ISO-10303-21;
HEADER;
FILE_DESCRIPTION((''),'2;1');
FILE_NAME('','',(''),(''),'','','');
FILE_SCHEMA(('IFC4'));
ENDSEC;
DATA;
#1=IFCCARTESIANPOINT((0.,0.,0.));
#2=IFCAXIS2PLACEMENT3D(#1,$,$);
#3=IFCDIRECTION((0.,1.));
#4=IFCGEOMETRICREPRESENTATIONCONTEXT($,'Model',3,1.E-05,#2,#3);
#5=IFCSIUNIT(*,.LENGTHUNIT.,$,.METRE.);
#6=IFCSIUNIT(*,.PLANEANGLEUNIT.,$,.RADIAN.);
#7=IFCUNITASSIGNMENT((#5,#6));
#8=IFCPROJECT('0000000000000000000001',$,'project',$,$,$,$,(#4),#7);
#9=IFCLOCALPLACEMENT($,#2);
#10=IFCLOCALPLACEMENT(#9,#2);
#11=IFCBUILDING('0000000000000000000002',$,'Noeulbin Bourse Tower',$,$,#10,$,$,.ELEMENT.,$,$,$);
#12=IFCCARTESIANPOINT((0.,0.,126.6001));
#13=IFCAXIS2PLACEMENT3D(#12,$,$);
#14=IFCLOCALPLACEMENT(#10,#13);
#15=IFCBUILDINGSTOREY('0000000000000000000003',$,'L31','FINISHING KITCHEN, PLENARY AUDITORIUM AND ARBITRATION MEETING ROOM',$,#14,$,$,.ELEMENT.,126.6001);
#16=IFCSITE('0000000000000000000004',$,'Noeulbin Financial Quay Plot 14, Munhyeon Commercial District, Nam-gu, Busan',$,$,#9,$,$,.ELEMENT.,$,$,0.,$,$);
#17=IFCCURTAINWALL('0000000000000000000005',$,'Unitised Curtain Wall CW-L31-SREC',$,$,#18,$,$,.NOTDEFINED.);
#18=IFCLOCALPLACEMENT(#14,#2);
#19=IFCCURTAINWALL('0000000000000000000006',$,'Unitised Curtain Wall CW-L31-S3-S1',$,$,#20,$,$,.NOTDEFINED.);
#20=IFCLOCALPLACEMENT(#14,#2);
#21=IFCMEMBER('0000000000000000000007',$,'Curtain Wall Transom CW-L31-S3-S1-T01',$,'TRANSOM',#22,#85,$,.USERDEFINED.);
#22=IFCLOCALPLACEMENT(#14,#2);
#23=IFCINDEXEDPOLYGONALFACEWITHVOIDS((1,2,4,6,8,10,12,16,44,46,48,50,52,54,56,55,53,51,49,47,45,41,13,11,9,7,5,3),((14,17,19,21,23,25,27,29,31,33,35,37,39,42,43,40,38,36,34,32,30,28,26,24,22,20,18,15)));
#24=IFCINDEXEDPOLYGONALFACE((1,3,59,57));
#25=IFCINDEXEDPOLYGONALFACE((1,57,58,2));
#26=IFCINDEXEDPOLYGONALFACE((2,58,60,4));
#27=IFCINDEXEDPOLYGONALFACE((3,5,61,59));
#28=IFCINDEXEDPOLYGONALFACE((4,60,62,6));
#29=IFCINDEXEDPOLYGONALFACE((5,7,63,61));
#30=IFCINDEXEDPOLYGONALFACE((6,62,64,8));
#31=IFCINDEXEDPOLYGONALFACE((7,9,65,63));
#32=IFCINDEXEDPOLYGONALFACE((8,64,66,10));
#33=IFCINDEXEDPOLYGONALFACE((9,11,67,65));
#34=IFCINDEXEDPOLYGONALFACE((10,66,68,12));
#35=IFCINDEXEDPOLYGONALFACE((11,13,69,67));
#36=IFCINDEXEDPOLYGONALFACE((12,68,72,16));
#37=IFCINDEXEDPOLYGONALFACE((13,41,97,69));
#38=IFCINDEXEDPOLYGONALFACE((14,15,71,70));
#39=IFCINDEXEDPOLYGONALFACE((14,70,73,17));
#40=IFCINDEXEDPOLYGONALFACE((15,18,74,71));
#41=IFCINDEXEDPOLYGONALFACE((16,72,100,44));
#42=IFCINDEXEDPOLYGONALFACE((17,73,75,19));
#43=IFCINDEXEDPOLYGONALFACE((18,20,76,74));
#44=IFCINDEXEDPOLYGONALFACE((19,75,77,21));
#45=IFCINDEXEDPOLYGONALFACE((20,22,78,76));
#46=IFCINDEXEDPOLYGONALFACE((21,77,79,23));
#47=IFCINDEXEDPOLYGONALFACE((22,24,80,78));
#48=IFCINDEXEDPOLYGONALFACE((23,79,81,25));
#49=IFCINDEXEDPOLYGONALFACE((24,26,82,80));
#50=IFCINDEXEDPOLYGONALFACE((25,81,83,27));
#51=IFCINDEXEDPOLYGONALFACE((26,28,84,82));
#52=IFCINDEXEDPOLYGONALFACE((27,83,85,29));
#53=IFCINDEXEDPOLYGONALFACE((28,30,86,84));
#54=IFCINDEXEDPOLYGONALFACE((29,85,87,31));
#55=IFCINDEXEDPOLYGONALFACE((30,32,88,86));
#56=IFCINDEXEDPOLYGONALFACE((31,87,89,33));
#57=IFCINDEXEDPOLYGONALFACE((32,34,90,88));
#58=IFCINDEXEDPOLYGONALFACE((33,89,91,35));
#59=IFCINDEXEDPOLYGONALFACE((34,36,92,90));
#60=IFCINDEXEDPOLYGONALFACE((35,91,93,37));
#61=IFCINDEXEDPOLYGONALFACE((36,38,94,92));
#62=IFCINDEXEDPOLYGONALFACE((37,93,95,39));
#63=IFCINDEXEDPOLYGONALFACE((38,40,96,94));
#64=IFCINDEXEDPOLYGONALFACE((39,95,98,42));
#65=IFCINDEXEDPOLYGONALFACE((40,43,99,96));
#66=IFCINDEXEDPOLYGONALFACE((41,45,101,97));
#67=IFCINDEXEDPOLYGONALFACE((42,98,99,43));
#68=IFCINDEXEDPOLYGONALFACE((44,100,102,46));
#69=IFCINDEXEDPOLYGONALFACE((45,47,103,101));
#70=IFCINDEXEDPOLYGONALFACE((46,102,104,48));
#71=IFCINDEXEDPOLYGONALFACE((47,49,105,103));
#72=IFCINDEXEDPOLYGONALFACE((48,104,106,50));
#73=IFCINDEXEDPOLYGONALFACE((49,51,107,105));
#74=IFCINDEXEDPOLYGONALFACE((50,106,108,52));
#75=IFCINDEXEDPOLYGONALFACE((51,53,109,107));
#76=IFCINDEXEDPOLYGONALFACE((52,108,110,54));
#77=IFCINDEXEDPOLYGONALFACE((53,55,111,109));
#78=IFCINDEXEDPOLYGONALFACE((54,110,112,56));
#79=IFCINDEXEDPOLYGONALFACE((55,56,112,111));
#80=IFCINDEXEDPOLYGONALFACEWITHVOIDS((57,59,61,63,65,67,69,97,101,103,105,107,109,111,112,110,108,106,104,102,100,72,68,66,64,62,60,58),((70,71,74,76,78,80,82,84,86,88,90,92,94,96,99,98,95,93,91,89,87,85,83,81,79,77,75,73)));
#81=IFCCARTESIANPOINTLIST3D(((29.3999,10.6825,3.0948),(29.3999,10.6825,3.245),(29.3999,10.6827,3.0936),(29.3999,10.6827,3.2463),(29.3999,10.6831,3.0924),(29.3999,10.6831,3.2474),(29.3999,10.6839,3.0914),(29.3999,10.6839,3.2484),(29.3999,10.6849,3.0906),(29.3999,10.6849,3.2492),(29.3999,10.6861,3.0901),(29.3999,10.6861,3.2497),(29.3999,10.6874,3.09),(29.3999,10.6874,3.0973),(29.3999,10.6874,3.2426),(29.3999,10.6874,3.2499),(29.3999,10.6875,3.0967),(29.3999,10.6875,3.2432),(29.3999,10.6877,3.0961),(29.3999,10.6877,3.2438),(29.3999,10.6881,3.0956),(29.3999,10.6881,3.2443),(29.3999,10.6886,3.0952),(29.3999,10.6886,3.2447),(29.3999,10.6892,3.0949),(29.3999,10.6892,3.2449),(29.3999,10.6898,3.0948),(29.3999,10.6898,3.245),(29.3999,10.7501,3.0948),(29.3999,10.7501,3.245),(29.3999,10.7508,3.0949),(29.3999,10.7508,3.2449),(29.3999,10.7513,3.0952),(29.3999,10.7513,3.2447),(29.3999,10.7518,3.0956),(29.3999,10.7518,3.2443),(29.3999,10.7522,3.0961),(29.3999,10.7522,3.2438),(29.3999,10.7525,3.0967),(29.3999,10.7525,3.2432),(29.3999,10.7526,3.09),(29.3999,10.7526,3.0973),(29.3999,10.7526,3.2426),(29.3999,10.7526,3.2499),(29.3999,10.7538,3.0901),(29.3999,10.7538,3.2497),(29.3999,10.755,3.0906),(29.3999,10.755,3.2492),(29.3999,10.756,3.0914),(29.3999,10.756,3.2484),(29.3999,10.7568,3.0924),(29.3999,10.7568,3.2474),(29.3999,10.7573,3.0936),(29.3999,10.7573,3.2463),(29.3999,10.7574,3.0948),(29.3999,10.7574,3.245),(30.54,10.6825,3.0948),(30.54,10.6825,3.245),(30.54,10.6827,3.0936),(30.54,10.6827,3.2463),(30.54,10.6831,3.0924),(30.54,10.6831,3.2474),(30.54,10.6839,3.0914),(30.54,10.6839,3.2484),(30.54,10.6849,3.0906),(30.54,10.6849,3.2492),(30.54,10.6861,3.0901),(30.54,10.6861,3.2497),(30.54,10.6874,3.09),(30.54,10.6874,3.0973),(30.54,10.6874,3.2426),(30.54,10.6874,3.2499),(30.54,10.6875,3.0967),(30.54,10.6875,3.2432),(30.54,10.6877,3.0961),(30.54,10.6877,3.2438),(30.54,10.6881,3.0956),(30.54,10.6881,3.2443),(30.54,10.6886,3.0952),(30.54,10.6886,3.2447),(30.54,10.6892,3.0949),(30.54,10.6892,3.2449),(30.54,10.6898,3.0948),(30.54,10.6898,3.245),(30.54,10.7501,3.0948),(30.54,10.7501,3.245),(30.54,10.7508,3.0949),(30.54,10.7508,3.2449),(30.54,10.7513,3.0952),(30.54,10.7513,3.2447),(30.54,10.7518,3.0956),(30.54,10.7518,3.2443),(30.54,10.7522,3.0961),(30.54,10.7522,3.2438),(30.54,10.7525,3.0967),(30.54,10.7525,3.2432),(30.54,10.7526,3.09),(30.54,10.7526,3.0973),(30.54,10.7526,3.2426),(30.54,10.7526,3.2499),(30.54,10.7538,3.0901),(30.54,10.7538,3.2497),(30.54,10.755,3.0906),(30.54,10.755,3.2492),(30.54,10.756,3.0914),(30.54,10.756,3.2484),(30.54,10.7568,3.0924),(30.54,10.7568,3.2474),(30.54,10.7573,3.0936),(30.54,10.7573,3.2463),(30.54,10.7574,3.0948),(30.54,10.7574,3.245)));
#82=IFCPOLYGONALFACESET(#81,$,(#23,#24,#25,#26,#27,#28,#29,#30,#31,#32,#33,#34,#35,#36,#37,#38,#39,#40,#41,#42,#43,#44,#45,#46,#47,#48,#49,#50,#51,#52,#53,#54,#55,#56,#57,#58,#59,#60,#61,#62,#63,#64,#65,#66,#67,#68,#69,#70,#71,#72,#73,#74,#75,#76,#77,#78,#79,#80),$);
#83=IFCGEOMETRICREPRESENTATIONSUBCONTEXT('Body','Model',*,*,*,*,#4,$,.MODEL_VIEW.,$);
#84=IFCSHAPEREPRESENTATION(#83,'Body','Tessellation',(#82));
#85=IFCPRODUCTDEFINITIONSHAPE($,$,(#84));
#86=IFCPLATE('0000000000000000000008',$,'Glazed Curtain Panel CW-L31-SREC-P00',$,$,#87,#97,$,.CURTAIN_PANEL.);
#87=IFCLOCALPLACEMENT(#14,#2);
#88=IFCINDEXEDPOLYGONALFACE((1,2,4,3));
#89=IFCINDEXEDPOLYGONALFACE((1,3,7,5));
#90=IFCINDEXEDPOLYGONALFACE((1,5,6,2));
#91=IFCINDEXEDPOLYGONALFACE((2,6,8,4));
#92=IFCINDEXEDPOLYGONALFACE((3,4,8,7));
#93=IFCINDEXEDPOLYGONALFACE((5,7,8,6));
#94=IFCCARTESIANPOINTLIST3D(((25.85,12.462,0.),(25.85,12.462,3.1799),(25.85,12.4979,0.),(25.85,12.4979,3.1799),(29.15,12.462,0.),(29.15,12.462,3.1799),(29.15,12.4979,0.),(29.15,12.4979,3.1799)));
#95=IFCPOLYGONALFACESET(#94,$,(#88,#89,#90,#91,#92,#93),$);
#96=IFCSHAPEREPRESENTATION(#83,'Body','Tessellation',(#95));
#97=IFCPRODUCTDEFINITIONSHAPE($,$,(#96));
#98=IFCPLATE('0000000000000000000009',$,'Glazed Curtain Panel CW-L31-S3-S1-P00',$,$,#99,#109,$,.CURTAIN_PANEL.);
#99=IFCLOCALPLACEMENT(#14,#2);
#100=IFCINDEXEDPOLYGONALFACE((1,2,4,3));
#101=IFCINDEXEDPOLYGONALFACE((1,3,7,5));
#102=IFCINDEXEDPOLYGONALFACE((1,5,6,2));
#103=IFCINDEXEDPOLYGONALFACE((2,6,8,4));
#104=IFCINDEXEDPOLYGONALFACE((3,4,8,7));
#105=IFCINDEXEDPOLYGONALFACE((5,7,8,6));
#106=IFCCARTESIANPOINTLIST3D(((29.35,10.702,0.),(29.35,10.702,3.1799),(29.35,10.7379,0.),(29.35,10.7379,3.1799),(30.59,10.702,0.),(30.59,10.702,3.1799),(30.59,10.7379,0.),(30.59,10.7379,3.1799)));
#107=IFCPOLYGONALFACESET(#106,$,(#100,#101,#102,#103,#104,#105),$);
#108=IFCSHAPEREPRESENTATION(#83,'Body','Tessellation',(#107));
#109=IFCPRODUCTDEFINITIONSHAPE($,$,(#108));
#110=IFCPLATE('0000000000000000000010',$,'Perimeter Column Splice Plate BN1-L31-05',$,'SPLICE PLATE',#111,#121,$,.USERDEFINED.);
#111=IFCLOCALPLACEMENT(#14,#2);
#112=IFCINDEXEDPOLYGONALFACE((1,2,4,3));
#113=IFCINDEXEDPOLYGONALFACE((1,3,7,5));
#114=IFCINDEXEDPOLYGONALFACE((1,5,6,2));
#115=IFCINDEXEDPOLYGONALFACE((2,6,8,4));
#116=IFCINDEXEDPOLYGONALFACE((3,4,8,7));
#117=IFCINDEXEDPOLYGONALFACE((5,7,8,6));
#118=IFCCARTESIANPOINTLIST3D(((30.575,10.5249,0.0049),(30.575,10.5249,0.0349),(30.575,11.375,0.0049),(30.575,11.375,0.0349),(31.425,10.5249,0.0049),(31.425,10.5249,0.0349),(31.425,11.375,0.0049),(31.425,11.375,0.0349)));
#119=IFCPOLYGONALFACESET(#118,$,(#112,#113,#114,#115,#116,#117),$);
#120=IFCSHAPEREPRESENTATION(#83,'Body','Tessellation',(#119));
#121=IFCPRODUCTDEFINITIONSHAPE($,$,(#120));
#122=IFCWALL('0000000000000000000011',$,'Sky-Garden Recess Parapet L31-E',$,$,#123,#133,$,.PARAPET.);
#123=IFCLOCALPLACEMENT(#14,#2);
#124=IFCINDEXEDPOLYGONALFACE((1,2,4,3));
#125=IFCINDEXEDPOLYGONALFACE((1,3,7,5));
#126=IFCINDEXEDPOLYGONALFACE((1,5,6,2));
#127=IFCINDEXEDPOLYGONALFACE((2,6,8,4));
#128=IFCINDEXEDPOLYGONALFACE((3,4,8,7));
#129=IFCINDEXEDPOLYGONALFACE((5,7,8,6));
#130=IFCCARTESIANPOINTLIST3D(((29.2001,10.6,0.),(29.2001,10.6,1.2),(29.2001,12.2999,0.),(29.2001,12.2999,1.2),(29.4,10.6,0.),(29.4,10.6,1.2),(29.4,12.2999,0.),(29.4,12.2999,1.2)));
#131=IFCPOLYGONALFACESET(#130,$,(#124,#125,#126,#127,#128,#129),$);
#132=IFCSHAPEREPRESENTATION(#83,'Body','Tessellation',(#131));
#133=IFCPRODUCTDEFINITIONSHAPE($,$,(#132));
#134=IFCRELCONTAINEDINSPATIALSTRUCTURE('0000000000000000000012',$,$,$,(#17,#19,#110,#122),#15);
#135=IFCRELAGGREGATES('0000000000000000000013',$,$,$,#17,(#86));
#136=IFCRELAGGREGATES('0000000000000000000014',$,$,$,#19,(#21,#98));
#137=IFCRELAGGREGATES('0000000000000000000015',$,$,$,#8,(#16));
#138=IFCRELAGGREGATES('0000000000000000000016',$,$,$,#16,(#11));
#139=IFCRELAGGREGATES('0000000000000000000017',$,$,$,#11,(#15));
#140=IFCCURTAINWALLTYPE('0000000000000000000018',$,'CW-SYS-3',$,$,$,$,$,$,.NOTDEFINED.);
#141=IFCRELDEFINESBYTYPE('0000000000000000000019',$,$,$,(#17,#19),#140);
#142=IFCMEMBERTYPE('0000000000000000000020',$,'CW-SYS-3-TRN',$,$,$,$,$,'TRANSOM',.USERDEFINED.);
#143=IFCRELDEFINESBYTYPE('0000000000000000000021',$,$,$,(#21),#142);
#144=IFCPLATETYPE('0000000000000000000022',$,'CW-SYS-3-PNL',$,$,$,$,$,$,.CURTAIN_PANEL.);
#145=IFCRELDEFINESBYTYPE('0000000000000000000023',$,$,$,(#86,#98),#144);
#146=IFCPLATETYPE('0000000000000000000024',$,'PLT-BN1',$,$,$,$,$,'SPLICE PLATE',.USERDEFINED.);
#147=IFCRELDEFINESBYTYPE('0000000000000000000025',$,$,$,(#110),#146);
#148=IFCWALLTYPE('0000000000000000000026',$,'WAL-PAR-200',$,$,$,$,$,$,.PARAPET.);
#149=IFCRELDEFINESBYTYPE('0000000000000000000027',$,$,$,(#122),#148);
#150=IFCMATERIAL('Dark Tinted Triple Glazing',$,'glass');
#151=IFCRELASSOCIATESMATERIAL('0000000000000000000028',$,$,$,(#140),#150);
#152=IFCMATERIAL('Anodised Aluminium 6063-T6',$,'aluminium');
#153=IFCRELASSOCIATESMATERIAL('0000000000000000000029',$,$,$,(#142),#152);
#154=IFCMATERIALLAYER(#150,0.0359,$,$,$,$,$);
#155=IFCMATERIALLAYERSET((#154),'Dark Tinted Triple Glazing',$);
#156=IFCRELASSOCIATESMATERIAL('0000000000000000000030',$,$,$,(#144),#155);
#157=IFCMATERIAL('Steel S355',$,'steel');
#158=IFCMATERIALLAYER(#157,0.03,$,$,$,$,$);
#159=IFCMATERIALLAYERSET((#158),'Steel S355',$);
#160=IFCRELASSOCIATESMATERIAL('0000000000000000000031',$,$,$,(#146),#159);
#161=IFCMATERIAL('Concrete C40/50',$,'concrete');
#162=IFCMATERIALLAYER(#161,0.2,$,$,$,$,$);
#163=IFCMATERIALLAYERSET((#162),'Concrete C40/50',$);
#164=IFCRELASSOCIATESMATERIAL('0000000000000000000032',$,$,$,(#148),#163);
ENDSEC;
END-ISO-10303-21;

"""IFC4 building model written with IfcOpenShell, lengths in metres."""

from ifc_helpers import new_model, si_unit, direction, frame, frame_2d, origin, origin_2d, place, context, subcontext, project, spatial, rectangle, hollow_rectangle, extrude, material, layer, layer_set, material_profile, profile_set, type_object, element, aggregate, save


model = new_model("IFC4")

# Units and contexts
model_context = context("Model", 3, precision=1e-05, world=origin(), true_north=direction((0.0, 1.0)))
body_context = subcontext(model_context, "Body", "Model", "MODEL_VIEW")
ifc_project = project(units=[si_unit("LENGTHUNIT", "METRE"), si_unit("PLANEANGLEUNIT", "RADIAN")], contexts=[model_context])

# Site, building, storey
site_placement = place(None, origin())
site = spatial("IfcSite", under=ifc_project, at=site_placement, Name="Noeulbin Financial Quay Plot 14, Munhyeon Commercial District, Nam-gu, Busan", CompositionType="ELEMENT", RefElevation=0.0)
building_placement = place(site_placement, origin())
building = spatial("IfcBuilding", under=site, at=building_placement, Name="Noeulbin Bourse Tower", CompositionType="ELEMENT")
storey_placement = place(building_placement, frame((0.0, 0.0, 126.6001)))
storey = spatial("IfcBuildingStorey", under=building, at=storey_placement, Name="L31", Description="FINISHING KITCHEN, PLENARY AUDITORIUM AND ARBITRATION MEETING ROOM", CompositionType="ELEMENT", Elevation=126.6001)

# Shared definitions
ifc_material_1 = material(Name="Steel S355", Category="steel")

# Curtain wall
ifc_material_2 = material(Name="Dark Tinted Triple Glazing", Category="glass")
curtain_wall_type = type_object("IfcCurtainWallType", Name="CW-SYS-3", PredefinedType="NOTDEFINED", material=ifc_material_2)
curtain_wall_1_placement = place(storey_placement, origin())
curtain_wall_1 = element("IfcCurtainWall", 1, at=curtain_wall_1_placement, inside=storey, type_object=curtain_wall_type, Name="Unitised Curtain Wall CW-L31-SREC", PredefinedType="NOTDEFINED")
ifc_material_3 = material(Name="Anodised Aluminium 6063-T6", Category="aluminium")

# Curtain wall, member
curtain_wall_2_placement = place(storey_placement, origin())
curtain_wall_2 = element("IfcCurtainWall", 2, at=curtain_wall_2_placement, inside=storey, type_object=curtain_wall_type, Name="Unitised Curtain Wall CW-L31-S3-S1", PredefinedType="NOTDEFINED")
ifc_material_profile_1 = material_profile(ifc_material_3, hollow_rectangle(XDim=0.075, YDim=0.1599, WallThickness=0.0049, InnerFilletRadius=0.0024, OuterFilletRadius=0.0049, at=origin_2d()), Name="ALU-TRAN-75x160x5", Category="LoadBearing")
ifc_profile_set_1 = profile_set([ifc_material_profile_1], Name="Anodised Aluminium 6063-T6")
member_type_1 = type_object("IfcMemberType", Name="CW-SYS-3-TRN", ElementType="TRANSOM", PredefinedType="USERDEFINED", material=ifc_profile_set_1)
member_1_placement = place(storey_placement, frame((29.3999, 10.72, 3.1699), z_axis=(1.0, 0.0, 0.0), x_axis=(0.0, 1.0, 0.0)))
member_1 = element("IfcMember", 3, at=member_1_placement, type_object=member_type_1, Name="Curtain Wall Transom CW-L31-S3-S1-T01", ObjectType="TRANSOM", PredefinedType="USERDEFINED", context=body_context, shape_type="SweptSolid", body=[
    extrude(hollow_rectangle(XDim=0.075, YDim=0.1599, WallThickness=0.0049, InnerFilletRadius=0.0024, OuterFilletRadius=0.0049, at=origin_2d()), origin(), (0.0, 0.0, 1.0), 1.1401),
])

# Plates
ifc_layer_1 = layer(ifc_material_2, 0.0359)
ifc_layer_set_1 = layer_set([ifc_layer_1], Name="Dark Tinted Triple Glazing")
plate_type_1 = type_object("IfcPlateType", Name="CW-SYS-3-PNL", PredefinedType="CURTAIN_PANEL", material=ifc_layer_set_1)
plate_1_placement = place(storey_placement, frame((27.5, 12.48, 0.0), z_axis=(0.0, 0.0, 1.0), x_axis=(1.0, 0.0, 0.0)))
plate_1 = element("IfcPlate", 4, at=plate_1_placement, type_object=plate_type_1, Name="Glazed Curtain Panel CW-L31-SREC-P00", PredefinedType="CURTAIN_PANEL", context=body_context, shape_type="SweptSolid", body=[
    extrude(rectangle(XDim=3.3, YDim=0.0359, at=origin_2d()), origin(), (0.0, 0.0, 1.0), 3.1799),
])
aggregate(curtain_wall_1, [plate_1])
plate_2_placement = place(storey_placement, frame((29.97, 10.72, 0.0), z_axis=(0.0, 0.0, 1.0), x_axis=(1.0, 0.0, 0.0)))
plate_2 = element("IfcPlate", 5, at=plate_2_placement, type_object=plate_type_1, Name="Glazed Curtain Panel CW-L31-S3-S1-P00", PredefinedType="CURTAIN_PANEL", context=body_context, shape_type="SweptSolid", body=[
    extrude(rectangle(XDim=1.24, YDim=0.0359, at=origin_2d()), origin(), (0.0, 0.0, 1.0), 3.1799),
])
aggregate(curtain_wall_2, [member_1, plate_2])
ifc_layer_2 = layer(ifc_material_1, 0.03)
ifc_layer_set_2 = layer_set([ifc_layer_2], Name="Steel S355")
plate_type_2 = type_object("IfcPlateType", Name="PLT-BN1", ElementType="SPLICE PLATE", PredefinedType="USERDEFINED", material=ifc_layer_set_2)
plate_3_placement = place(storey_placement, frame((31.0, 10.95, 0.0049), z_axis=(0.0, 0.0, 1.0), x_axis=(1.0, 0.0, 0.0)))
element("IfcPlate", 6, at=plate_3_placement, inside=storey, type_object=plate_type_2, Name="Perimeter Column Splice Plate BN1-L31-05", ObjectType="SPLICE PLATE", PredefinedType="USERDEFINED", context=body_context, shape_type="SweptSolid", body=[
    extrude(rectangle(XDim=0.8501, YDim=0.8501, at=origin_2d()), origin(), (0.0, 0.0, 1.0), 0.03),
])

# Wall
ifc_material_4 = material(Name="Concrete C40/50", Category="concrete")
ifc_layer_3 = layer(ifc_material_4, 0.2)
ifc_layer_set_3 = layer_set([ifc_layer_3], Name="Concrete C40/50")
wall_type = type_object("IfcWallType", Name="WAL-PAR-200", PredefinedType="PARAPET", material=ifc_layer_set_3)
wall_placement = place(storey_placement, frame((29.3, 12.3, 0.0), z_axis=(0.0, 0.0, 1.0), x_axis=(0.0, -1.0, 0.0)))
element("IfcWall", 7, at=wall_placement, inside=storey, type_object=wall_type, Name="Sky-Garden Recess Parapet L31-E", PredefinedType="PARAPET", context=body_context, shape_type="SweptSolid", body=[
    extrude(rectangle(XDim=1.7, YDim=0.2, at=frame_2d((0.8501, 0.0))), origin(), (0.0, 0.0, 1.0), 1.2),
])

save(model, "model.ifc")
